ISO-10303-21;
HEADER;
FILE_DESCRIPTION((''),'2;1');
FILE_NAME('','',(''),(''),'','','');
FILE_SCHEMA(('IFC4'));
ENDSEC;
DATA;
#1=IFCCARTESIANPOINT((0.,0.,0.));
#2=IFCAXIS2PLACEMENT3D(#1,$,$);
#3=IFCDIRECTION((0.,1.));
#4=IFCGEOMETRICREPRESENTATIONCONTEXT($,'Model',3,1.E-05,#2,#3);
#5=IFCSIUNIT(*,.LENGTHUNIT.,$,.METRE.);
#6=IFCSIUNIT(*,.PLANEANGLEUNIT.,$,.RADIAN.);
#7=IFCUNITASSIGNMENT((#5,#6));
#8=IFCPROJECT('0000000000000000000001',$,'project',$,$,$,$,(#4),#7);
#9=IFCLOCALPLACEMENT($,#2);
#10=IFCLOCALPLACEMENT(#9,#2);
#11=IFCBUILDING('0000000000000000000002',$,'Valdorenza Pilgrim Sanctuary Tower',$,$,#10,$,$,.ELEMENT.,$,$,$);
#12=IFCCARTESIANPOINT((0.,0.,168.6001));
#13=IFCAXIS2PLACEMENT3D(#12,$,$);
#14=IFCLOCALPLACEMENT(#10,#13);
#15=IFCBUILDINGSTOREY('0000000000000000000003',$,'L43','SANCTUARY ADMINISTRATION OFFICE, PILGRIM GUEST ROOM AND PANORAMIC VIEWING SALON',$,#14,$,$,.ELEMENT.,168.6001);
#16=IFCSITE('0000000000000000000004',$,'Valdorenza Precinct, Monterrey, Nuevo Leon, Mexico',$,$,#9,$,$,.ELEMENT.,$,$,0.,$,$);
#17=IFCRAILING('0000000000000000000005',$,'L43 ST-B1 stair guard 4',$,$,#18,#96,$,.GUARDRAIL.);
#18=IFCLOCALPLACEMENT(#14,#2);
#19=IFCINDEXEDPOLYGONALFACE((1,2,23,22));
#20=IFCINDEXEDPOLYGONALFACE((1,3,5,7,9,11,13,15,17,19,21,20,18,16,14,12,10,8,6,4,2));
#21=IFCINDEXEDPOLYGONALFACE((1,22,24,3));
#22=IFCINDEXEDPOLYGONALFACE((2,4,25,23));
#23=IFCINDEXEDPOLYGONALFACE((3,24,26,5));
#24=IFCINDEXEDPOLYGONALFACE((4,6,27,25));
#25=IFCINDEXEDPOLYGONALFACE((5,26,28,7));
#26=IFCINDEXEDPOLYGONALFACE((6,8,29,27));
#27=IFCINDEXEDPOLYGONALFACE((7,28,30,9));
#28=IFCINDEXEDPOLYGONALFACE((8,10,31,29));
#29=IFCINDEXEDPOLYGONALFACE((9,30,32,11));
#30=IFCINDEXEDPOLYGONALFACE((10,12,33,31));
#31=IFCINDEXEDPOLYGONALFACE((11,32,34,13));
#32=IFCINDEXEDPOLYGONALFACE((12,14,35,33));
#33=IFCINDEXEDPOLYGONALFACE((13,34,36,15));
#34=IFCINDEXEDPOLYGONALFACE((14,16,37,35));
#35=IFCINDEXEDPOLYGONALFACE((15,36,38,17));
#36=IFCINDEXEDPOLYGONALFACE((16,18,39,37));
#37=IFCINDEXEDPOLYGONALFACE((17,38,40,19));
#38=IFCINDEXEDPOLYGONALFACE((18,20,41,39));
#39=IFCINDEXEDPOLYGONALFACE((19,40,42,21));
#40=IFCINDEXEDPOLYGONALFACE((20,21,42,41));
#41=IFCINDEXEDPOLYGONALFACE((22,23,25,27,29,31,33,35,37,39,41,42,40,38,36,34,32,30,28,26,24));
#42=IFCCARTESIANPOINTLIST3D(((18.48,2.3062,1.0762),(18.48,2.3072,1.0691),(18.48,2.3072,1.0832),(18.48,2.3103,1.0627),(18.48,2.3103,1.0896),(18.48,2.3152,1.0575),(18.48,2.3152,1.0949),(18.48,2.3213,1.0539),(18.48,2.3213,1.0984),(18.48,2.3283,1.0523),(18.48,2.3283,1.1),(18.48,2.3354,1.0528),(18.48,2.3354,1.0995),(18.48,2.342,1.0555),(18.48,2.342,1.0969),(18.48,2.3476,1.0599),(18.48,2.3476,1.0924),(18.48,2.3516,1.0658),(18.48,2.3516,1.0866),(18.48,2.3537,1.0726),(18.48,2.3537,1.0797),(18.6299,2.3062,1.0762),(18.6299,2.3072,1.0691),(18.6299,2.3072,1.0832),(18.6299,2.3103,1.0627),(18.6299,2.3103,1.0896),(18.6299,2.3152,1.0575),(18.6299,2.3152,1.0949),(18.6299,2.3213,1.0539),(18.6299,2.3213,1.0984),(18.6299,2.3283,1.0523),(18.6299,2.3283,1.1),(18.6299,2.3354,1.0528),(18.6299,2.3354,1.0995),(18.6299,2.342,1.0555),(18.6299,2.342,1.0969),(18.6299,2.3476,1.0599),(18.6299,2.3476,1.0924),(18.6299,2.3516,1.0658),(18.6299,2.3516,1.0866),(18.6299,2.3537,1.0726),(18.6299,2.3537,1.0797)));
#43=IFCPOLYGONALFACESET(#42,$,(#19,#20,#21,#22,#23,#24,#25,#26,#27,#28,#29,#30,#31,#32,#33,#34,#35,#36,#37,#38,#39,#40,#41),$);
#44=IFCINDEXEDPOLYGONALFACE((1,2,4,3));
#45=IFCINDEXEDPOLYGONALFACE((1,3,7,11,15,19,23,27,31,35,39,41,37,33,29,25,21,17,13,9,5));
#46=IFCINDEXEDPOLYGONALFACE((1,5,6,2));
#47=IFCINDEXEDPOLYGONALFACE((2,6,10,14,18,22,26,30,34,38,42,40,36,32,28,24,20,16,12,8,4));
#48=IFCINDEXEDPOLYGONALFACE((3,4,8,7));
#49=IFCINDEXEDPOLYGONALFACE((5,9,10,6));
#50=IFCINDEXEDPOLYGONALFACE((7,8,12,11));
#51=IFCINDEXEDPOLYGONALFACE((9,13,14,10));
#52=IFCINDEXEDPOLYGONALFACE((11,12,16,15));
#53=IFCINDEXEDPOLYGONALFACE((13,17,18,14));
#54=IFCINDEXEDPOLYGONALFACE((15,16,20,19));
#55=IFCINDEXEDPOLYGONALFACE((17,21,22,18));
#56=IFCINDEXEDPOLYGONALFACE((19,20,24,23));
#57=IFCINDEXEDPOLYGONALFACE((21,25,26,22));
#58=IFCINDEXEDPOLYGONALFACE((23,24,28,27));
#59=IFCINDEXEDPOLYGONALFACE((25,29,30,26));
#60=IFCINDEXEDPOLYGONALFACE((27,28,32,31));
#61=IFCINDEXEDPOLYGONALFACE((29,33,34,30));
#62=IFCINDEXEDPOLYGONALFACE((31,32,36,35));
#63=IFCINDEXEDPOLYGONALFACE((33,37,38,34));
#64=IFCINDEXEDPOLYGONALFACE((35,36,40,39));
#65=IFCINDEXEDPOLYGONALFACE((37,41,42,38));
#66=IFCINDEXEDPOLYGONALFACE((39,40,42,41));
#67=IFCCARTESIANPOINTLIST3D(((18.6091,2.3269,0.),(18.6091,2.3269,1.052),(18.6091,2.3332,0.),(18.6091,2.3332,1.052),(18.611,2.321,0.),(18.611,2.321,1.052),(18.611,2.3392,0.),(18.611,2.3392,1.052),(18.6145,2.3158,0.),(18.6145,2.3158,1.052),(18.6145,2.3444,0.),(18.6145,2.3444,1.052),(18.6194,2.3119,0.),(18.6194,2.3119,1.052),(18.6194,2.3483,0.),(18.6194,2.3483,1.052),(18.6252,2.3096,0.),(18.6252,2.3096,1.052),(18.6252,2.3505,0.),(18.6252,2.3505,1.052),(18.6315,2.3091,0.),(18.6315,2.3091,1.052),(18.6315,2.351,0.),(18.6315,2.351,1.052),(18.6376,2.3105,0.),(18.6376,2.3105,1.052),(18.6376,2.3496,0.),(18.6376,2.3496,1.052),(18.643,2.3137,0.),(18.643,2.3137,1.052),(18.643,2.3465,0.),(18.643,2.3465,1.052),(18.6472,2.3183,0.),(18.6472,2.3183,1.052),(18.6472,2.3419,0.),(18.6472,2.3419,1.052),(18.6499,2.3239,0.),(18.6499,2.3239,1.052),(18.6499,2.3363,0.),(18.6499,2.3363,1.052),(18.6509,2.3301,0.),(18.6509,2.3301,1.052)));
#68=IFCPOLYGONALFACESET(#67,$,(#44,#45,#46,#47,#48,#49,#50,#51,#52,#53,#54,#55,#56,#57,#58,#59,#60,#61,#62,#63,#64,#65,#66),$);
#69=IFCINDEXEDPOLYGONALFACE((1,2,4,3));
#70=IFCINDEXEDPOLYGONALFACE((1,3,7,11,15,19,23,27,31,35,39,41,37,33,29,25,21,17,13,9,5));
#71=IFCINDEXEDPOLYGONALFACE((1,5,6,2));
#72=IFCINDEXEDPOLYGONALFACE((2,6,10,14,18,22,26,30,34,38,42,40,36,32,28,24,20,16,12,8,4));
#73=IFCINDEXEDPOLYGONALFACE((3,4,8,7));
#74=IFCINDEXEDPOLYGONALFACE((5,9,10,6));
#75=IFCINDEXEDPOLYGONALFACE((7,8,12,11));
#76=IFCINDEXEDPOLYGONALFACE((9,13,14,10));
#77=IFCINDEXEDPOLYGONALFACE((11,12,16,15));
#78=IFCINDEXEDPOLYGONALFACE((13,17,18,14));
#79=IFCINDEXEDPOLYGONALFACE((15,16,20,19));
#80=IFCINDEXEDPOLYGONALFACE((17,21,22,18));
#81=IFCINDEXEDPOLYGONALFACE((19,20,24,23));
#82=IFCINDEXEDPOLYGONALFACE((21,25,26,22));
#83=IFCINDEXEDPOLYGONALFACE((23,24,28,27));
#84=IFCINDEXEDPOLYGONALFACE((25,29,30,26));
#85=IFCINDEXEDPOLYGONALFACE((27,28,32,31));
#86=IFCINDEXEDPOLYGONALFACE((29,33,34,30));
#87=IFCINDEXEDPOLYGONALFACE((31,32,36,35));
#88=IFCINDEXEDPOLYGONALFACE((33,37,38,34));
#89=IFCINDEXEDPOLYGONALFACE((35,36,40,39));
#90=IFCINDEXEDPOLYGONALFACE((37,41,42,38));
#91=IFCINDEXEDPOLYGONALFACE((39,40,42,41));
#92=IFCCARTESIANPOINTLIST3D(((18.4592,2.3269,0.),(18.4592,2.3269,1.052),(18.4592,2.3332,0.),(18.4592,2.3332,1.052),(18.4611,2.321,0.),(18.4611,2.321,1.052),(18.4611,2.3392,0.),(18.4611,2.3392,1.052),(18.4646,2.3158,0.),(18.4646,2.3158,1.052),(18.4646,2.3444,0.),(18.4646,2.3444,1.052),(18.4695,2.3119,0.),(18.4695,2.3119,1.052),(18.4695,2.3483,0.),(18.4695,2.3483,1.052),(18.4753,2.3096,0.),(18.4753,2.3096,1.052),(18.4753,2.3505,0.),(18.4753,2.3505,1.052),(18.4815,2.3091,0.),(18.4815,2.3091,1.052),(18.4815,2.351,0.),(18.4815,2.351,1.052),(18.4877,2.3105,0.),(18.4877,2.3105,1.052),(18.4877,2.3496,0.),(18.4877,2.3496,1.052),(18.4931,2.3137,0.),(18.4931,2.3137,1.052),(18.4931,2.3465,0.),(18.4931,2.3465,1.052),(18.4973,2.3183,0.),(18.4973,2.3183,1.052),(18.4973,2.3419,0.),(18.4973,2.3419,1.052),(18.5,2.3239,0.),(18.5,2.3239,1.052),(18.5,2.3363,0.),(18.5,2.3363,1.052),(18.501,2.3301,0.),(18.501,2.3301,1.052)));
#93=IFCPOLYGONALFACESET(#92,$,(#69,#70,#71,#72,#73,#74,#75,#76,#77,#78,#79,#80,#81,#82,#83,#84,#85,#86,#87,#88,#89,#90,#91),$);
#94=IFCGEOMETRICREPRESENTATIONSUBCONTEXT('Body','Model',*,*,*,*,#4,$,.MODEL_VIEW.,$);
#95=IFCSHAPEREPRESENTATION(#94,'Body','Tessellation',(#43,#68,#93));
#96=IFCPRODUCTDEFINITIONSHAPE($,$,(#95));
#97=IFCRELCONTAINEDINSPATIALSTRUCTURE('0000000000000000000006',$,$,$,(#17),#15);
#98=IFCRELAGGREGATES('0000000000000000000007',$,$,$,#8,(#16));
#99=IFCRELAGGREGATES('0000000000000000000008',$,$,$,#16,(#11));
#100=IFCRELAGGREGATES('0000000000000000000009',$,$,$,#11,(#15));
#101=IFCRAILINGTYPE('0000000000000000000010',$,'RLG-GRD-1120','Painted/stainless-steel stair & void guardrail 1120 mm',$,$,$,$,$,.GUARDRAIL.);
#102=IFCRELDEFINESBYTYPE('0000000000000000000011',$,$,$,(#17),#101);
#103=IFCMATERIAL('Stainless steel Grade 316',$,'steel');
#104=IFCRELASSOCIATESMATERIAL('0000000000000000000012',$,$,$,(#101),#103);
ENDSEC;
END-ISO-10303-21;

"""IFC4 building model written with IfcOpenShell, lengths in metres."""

from ifc_helpers import new_model, si_unit, direction, frame, origin, origin_2d, place, context, subcontext, project, spatial, circle, extrude, material, type_object, element, save


model = new_model("IFC4")

# Units and contexts
model_context = context("Model", 3, precision=1e-05, world=origin(), true_north=direction((0.0, 1.0)))
body_context = subcontext(model_context, "Body", "Model", "MODEL_VIEW")
ifc_project = project(units=[si_unit("LENGTHUNIT", "METRE"), si_unit("PLANEANGLEUNIT", "RADIAN")], contexts=[model_context])

# Site, building, storey
site_placement = place(None, origin())
site = spatial("IfcSite", under=ifc_project, at=site_placement, Name="Valdorenza Precinct, Monterrey, Nuevo Leon, Mexico", CompositionType="ELEMENT", RefElevation=0.0)
building_placement = place(site_placement, origin())
building = spatial("IfcBuilding", under=site, at=building_placement, Name="Valdorenza Pilgrim Sanctuary Tower", CompositionType="ELEMENT")
storey_placement = place(building_placement, frame((0.0, 0.0, 168.6001)))
storey = spatial("IfcBuildingStorey", under=building, at=storey_placement, Name="L43", Description="SANCTUARY ADMINISTRATION OFFICE, PILGRIM GUEST ROOM AND PANORAMIC VIEWING SALON", CompositionType="ELEMENT", Elevation=168.6001)

# Railing
ifc_material_1 = material(Name="Stainless steel Grade 316", Category="steel")
railing_type_1 = type_object("IfcRailingType", Name="RLG-GRD-1120", Description="Painted/stainless-steel stair & void guardrail 1120 mm", PredefinedType="GUARDRAIL", material=ifc_material_1)
railing_1_placement = place(storey_placement, frame((18.6299, 2.3301, 0.0)))
element("IfcRailing", 1, at=railing_1_placement, inside=storey, type_object=railing_type_1, Name="L43 ST-B1 stair guard 4", PredefinedType="GUARDRAIL", context=body_context, shape_type="SweptSolid", body=[
    extrude(circle(Radius=0.0239, at=origin_2d()), frame((0.0, 0.0, 1.0762), z_axis=(-1.0, 0.0, 0.0), x_axis=(0.0, -1.0, 0.0)), (0.0, 0.0, 1.0), 0.1499),
    extrude(circle(Radius=0.021, at=origin_2d()), origin(), (0.0, 0.0, 1.0), 1.052),
    extrude(circle(Radius=0.021, at=origin_2d()), frame((-0.1499, 0.0, 0.0)), (0.0, 0.0, 1.0), 1.052),
])

save(model, "model.ifc")
